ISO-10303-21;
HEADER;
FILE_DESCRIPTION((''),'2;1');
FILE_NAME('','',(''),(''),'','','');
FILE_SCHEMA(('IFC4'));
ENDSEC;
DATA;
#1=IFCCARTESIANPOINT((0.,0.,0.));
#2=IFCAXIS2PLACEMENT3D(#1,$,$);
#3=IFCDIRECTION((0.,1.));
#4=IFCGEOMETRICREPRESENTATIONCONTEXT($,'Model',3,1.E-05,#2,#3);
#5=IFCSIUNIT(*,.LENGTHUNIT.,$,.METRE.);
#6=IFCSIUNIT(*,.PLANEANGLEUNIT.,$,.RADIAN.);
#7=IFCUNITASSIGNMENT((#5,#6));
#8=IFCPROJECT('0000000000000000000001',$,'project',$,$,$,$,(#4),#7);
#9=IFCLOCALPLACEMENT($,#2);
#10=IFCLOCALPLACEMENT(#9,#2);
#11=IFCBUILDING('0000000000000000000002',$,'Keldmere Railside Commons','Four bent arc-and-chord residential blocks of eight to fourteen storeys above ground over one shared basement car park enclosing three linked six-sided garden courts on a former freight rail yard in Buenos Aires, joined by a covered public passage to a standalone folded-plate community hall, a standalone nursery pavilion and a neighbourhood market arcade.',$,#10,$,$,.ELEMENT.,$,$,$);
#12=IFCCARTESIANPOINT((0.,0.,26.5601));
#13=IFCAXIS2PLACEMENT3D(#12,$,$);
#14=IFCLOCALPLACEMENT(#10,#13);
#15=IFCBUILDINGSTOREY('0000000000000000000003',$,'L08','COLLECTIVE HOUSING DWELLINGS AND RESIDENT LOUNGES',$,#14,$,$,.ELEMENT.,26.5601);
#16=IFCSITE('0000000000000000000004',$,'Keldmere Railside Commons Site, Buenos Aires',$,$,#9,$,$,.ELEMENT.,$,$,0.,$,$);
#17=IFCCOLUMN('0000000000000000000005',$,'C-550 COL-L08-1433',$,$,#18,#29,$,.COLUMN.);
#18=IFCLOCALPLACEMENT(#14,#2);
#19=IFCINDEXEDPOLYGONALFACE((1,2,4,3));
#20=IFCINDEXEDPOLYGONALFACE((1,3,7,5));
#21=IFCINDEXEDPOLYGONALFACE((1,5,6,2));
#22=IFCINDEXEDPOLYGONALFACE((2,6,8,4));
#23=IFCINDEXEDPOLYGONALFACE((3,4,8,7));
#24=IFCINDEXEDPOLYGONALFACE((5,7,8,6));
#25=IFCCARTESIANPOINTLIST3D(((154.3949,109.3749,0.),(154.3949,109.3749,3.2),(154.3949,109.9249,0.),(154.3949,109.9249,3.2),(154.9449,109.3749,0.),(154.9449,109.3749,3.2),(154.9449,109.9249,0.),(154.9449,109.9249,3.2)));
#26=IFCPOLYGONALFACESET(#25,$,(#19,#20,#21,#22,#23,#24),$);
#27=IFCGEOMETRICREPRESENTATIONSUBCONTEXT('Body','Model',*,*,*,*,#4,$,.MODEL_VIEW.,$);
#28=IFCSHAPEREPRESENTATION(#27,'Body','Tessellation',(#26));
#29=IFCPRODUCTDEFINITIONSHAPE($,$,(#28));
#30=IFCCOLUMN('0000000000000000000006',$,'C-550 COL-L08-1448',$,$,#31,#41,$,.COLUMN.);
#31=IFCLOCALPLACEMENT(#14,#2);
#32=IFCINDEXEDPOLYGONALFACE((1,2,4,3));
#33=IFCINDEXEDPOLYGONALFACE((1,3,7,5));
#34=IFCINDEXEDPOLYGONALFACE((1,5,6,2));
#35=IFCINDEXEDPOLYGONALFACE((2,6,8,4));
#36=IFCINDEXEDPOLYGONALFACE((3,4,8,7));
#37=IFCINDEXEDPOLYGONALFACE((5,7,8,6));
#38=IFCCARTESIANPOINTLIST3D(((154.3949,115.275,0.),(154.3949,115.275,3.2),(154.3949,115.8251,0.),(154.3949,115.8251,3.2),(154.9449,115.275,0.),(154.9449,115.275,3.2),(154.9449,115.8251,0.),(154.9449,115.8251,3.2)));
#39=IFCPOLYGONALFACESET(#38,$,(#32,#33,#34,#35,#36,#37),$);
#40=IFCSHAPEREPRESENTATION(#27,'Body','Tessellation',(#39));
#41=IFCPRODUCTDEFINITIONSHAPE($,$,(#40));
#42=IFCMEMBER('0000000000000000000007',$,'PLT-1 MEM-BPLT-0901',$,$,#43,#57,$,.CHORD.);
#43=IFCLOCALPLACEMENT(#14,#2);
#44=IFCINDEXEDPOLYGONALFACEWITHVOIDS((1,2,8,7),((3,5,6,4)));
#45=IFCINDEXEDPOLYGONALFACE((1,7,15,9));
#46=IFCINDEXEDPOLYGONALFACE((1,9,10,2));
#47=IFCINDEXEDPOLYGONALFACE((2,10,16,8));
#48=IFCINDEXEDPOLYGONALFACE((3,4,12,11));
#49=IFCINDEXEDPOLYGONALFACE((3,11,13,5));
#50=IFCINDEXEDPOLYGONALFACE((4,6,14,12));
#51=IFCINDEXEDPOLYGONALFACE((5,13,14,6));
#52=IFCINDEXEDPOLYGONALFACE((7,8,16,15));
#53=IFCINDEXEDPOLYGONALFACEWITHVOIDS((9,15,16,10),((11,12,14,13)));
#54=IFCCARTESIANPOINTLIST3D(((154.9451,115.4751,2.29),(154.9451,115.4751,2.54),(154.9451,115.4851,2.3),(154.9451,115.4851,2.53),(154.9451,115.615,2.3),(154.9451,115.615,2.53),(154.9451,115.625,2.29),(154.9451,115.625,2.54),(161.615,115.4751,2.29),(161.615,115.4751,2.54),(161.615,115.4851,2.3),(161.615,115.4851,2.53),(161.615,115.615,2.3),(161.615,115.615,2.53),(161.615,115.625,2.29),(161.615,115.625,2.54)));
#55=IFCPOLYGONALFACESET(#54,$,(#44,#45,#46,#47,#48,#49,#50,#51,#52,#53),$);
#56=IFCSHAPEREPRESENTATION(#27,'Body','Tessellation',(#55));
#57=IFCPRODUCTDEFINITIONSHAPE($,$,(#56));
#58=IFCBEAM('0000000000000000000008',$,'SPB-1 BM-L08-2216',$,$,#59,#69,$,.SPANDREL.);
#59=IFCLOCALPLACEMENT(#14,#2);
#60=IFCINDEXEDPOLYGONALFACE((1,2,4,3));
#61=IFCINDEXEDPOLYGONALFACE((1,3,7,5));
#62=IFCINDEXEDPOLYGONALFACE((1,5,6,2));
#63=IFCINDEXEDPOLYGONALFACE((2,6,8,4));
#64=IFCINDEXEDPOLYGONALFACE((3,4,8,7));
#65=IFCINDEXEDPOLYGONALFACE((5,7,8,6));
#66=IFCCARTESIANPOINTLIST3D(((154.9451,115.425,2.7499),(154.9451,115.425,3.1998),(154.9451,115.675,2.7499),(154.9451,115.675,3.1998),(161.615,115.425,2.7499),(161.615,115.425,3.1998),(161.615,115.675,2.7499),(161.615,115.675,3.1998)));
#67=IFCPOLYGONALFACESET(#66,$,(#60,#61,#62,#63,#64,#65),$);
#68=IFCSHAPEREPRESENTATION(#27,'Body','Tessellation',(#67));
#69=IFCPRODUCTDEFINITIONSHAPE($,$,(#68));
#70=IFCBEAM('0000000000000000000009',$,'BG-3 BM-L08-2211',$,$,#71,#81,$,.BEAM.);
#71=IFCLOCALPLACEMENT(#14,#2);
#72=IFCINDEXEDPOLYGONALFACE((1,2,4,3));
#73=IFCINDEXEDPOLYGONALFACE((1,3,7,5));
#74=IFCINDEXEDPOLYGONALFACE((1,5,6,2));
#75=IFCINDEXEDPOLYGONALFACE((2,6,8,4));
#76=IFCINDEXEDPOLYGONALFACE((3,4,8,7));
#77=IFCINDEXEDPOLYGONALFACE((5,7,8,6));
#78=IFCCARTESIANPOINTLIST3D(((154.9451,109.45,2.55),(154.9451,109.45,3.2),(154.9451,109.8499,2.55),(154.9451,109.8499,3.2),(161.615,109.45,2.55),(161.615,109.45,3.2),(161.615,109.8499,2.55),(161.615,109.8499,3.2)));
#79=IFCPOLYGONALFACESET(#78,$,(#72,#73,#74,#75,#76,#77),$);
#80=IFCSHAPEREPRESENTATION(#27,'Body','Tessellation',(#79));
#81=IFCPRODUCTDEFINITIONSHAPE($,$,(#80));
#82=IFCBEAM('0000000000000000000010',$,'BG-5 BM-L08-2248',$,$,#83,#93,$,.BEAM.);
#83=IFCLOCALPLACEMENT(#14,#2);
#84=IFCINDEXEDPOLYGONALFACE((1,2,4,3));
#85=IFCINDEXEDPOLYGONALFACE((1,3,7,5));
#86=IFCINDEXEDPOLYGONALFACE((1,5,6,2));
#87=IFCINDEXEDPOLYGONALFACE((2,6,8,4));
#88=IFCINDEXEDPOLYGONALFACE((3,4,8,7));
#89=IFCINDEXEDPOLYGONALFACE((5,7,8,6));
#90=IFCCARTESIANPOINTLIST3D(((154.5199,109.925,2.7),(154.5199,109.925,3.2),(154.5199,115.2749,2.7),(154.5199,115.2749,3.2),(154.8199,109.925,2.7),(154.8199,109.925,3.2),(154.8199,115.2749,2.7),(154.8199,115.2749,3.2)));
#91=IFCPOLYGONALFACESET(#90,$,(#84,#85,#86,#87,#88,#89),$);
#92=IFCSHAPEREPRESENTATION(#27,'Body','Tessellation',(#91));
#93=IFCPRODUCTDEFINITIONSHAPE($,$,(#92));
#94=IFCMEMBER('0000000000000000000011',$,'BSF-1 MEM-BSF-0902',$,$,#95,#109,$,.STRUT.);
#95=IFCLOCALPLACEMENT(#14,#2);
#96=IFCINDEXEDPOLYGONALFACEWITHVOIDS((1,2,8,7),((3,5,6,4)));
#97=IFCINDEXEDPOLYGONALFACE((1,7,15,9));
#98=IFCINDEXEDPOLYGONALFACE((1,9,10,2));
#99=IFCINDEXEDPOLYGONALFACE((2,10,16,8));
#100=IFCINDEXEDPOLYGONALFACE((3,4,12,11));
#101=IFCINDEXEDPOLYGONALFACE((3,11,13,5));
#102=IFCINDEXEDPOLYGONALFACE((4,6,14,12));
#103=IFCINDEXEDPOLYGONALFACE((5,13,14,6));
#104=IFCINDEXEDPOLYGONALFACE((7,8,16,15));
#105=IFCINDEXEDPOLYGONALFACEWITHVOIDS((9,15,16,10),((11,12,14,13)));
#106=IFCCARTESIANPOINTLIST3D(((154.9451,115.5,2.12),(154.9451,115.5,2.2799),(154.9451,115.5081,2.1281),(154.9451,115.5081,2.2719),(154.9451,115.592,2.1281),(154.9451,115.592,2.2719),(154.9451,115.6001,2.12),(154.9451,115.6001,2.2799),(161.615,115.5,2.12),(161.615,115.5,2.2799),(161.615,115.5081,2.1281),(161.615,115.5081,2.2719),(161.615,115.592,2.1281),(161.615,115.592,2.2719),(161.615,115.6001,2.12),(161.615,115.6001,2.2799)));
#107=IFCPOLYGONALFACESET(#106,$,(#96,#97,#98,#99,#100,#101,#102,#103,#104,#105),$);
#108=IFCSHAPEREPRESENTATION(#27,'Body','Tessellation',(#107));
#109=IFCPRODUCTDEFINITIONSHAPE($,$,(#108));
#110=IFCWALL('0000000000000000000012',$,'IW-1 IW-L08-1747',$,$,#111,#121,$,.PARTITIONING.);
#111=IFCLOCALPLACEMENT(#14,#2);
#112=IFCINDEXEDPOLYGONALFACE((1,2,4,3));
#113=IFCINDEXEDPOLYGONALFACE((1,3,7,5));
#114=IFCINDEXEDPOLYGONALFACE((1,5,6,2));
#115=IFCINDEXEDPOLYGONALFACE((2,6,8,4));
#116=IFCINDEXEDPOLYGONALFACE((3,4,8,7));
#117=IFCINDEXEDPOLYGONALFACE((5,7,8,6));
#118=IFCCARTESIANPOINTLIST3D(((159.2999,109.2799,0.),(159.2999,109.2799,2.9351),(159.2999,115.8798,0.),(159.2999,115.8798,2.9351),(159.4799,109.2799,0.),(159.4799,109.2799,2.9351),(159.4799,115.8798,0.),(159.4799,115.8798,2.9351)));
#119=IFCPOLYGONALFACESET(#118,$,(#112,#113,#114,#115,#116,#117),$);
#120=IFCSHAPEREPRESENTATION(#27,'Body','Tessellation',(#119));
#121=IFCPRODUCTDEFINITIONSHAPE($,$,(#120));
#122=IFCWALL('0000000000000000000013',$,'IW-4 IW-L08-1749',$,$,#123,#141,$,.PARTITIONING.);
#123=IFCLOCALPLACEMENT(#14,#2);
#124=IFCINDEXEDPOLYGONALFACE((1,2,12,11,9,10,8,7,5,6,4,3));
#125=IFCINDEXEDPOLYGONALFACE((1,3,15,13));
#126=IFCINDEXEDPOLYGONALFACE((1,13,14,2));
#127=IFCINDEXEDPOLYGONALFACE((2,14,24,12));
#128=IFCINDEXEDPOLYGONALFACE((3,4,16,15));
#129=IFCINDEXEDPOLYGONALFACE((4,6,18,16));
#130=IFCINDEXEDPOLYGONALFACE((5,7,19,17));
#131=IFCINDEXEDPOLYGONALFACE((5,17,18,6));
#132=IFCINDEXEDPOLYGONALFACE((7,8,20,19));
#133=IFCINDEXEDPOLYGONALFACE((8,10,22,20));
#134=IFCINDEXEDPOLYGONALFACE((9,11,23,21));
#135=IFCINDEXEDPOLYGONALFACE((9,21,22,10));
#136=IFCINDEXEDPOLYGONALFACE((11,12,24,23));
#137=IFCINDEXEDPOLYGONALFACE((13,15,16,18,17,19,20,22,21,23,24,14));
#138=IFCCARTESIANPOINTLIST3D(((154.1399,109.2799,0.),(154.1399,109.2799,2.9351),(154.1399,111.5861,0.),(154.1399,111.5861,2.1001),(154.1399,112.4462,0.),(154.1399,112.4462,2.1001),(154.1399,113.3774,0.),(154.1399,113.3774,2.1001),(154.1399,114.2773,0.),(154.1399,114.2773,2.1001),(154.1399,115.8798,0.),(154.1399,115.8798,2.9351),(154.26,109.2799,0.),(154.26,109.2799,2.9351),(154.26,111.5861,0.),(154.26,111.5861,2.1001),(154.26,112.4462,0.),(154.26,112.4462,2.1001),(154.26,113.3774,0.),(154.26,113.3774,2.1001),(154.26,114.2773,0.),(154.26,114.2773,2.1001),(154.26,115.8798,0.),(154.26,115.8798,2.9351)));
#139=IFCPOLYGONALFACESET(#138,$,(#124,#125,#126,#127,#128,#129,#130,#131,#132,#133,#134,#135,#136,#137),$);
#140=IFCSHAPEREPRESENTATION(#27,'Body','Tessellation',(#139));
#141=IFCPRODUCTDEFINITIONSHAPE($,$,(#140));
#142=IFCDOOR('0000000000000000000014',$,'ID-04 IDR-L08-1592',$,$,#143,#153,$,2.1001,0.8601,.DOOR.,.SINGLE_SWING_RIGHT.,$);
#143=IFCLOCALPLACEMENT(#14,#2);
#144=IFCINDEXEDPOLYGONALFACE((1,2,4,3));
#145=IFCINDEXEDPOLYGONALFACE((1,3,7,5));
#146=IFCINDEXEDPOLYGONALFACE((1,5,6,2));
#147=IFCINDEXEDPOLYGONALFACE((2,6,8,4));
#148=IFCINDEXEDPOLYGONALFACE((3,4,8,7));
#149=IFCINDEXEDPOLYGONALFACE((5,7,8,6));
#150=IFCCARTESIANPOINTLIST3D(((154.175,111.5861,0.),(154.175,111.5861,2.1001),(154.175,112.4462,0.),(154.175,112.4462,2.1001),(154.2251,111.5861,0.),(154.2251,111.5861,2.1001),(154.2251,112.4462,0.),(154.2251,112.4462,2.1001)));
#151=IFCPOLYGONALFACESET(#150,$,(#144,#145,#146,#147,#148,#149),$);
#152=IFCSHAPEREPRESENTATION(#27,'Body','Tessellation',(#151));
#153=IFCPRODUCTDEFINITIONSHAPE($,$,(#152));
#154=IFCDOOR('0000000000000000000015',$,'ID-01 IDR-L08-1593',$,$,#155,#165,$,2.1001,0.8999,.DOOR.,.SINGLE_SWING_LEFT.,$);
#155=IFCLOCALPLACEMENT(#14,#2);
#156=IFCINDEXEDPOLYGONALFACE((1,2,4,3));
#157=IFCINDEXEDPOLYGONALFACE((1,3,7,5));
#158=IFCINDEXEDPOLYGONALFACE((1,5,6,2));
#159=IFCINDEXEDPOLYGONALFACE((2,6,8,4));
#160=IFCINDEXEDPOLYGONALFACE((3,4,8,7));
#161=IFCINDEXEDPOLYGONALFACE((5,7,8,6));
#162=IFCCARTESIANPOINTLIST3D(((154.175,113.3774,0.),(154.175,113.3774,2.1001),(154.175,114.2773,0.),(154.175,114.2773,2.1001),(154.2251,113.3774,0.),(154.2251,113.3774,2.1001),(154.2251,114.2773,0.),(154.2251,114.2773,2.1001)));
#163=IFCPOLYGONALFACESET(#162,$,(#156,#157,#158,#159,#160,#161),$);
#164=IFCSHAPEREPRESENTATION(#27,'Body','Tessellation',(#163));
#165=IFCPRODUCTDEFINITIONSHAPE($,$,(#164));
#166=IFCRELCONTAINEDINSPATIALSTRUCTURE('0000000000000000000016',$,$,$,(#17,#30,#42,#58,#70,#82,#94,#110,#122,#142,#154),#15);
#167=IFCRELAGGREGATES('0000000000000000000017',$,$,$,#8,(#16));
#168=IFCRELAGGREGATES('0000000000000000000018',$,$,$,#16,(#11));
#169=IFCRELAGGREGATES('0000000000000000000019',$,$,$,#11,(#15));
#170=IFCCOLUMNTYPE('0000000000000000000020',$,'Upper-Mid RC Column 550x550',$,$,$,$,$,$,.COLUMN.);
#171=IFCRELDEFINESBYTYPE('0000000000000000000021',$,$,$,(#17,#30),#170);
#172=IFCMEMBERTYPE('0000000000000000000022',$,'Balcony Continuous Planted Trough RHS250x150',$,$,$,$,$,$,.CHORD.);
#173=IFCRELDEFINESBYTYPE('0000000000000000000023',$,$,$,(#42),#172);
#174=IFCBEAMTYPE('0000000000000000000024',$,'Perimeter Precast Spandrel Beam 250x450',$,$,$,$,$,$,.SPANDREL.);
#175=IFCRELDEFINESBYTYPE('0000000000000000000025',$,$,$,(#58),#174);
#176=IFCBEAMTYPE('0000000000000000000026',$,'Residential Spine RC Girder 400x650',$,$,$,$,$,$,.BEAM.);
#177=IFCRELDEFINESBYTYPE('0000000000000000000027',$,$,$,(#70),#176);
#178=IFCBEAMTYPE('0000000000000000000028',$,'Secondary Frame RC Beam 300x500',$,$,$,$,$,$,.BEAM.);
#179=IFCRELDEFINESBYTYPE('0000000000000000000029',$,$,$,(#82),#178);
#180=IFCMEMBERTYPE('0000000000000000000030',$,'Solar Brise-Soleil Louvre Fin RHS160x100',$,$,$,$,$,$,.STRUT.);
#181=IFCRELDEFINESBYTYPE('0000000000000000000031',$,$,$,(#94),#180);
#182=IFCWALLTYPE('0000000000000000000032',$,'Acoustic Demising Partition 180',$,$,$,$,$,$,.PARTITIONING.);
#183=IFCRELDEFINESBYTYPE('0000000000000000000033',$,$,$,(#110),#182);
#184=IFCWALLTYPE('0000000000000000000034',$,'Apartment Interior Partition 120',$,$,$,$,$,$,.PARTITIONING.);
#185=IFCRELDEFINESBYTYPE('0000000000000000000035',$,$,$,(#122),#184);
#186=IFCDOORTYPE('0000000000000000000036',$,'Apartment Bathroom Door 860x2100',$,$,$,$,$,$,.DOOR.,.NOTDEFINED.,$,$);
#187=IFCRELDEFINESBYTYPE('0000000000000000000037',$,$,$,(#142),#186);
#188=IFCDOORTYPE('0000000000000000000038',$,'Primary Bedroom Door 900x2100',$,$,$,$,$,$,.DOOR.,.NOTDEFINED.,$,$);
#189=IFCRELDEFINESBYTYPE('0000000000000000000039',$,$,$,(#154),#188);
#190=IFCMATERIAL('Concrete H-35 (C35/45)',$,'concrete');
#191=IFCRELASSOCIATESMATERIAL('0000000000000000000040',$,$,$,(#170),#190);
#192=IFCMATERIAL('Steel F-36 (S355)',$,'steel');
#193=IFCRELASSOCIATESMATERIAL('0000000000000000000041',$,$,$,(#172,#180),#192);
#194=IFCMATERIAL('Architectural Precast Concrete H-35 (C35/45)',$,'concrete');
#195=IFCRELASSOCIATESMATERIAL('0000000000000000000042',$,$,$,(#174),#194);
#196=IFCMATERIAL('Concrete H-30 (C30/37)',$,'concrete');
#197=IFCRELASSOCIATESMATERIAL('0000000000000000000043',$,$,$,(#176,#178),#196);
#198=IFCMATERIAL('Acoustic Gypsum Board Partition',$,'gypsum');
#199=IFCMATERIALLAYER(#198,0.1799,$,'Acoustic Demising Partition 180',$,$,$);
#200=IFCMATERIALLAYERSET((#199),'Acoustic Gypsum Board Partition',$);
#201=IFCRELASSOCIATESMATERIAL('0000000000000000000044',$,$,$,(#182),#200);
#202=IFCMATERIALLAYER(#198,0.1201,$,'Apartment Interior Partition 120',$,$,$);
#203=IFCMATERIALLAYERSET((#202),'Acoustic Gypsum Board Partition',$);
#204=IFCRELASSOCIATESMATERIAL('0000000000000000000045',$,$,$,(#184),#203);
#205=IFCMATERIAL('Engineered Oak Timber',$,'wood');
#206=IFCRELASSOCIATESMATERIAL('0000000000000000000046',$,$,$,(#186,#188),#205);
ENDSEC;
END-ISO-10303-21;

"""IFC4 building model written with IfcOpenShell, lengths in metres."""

from ifc_helpers import new_model, si_unit, direction, frame, frame_2d, origin, origin_2d, place, context, subcontext, project, spatial, rectangle, hollow_rectangle, extrude, material, layer, layer_set, material_profile, profile_set, type_object, element, fill, save


model = new_model("IFC4")

# Units and contexts
model_context = context("Model", 3, precision=1e-05, world=origin(), true_north=direction((0.0, 1.0)))
body_context = subcontext(model_context, "Body", "Model", "MODEL_VIEW")
ifc_project = project(units=[si_unit("LENGTHUNIT", "METRE"), si_unit("PLANEANGLEUNIT", "RADIAN")], contexts=[model_context])

# Site, building, storey
site_placement = place(None, origin())
site = spatial("IfcSite", under=ifc_project, at=site_placement, Name="Keldmere Railside Commons Site, Buenos Aires", CompositionType="ELEMENT", RefElevation=0.0)
building_placement = place(site_placement, origin())
building = spatial("IfcBuilding", under=site, at=building_placement, Name="Keldmere Railside Commons", Description="Four bent arc-and-chord residential blocks of eight to fourteen storeys above ground over one shared basement car park enclosing three linked six-sided garden courts on a former freight rail yard in Buenos Aires, joined by a covered public passage to a standalone folded-plate community hall, a standalone nursery pavilion and a neighbourhood market arcade.", CompositionType="ELEMENT")
storey_placement = place(building_placement, frame((0.0, 0.0, 26.5601)))
storey = spatial("IfcBuildingStorey", under=building, at=storey_placement, Name="L08", Description="COLLECTIVE HOUSING DWELLINGS AND RESIDENT LOUNGES", CompositionType="ELEMENT", Elevation=26.5601)

# Columns
ifc_material_1 = material(Name="Concrete H-35 (C35/45)", Category="concrete")
ifc_material_profile_1 = material_profile(ifc_material_1, rectangle(XDim=0.55, YDim=0.55, at=origin_2d()), Name="RC-550x550")
ifc_profile_set_1 = profile_set([ifc_material_profile_1], Name="Concrete H-35 (C35/45)")
column_type = type_object("IfcColumnType", Name="Upper-Mid RC Column 550x550", PredefinedType="COLUMN", material=ifc_profile_set_1)
for number, where, z_axis, x_axis, name in (
    (1, (154.6699, 109.6499, 0.0), (0.0, 0.0, 1.0), (1.0, 0.0, 0.0), "C-550 COL-L08-1433"),
    (2, (154.6699, 115.55, 0.0), (0.0, 0.0, 1.0), (1.0, 0.0, 0.0), "C-550 COL-L08-1448"),
):
    element("IfcColumn", number, at=place(storey_placement, frame(where, z_axis=z_axis, x_axis=x_axis)), inside=storey, type_object=column_type, Name=name, PredefinedType="COLUMN", context=body_context, shape_type="SweptSolid", body=[
        extrude(rectangle(XDim=0.55, YDim=0.55, at=origin_2d()), origin(), (0.0, 0.0, 1.0), 3.2),
    ])

# Member
ifc_material_2 = material(Name="Steel F-36 (S355)", Category="steel")
ifc_material_profile_2 = material_profile(ifc_material_2, hollow_rectangle(XDim=0.1499, YDim=0.25, WallThickness=0.01, at=origin_2d()), Name="RHS-250x150x10")
ifc_profile_set_2 = profile_set([ifc_material_profile_2], Name="Steel F-36 (S355)")
member_type_1 = type_object("IfcMemberType", Name="Balcony Continuous Planted Trough RHS250x150", PredefinedType="CHORD", material=ifc_profile_set_2)
member_1_placement = place(storey_placement, frame((154.9451, 115.55, 2.415), z_axis=(1.0, 0.0, 0.0), x_axis=(0.0, 1.0, 0.0)))
element("IfcMember", 3, at=member_1_placement, inside=storey, type_object=member_type_1, Name="PLT-1 MEM-BPLT-0901", PredefinedType="CHORD", context=body_context, shape_type="SweptSolid", body=[
    extrude(hollow_rectangle(XDim=0.1499, YDim=0.25, WallThickness=0.01, at=origin_2d()), origin(), (0.0, 0.0, 1.0), 6.6699),
])

# Beams
ifc_material_3 = material(Name="Architectural Precast Concrete H-35 (C35/45)", Category="concrete")
ifc_material_profile_3 = material_profile(ifc_material_3, rectangle(XDim=0.25, YDim=0.45, at=origin_2d()), Name="RC-250x450")
ifc_profile_set_3 = profile_set([ifc_material_profile_3], Name="Architectural Precast Concrete H-35 (C35/45)")
beam_type_1 = type_object("IfcBeamType", Name="Perimeter Precast Spandrel Beam 250x450", PredefinedType="SPANDREL", material=ifc_profile_set_3)
beam_1_placement = place(storey_placement, frame((154.9451, 115.55, 2.9749), z_axis=(1.0, 0.0, 0.0), x_axis=(0.0, 1.0, 0.0)))
element("IfcBeam", 4, at=beam_1_placement, inside=storey, type_object=beam_type_1, Name="SPB-1 BM-L08-2216", PredefinedType="SPANDREL", context=body_context, shape_type="SweptSolid", body=[
    extrude(rectangle(XDim=0.25, YDim=0.45, at=origin_2d()), origin(), (0.0, 0.0, 1.0), 6.6699),
])
ifc_material_4 = material(Name="Concrete H-30 (C30/37)", Category="concrete")
ifc_material_profile_4 = material_profile(ifc_material_4, rectangle(XDim=0.3999, YDim=0.6499, at=origin_2d()), Name="RC-400x650")
ifc_profile_set_4 = profile_set([ifc_material_profile_4], Name="Concrete H-30 (C30/37)")
beam_type_2 = type_object("IfcBeamType", Name="Residential Spine RC Girder 400x650", PredefinedType="BEAM", material=ifc_profile_set_4)
beam_2_placement = place(storey_placement, frame((154.9451, 109.6499, 2.875), z_axis=(1.0, 0.0, 0.0), x_axis=(0.0, 1.0, 0.0)))
element("IfcBeam", 5, at=beam_2_placement, inside=storey, type_object=beam_type_2, Name="BG-3 BM-L08-2211", PredefinedType="BEAM", context=body_context, shape_type="SweptSolid", body=[
    extrude(rectangle(XDim=0.3999, YDim=0.6499, at=origin_2d()), origin(), (0.0, 0.0, 1.0), 6.6699),
])
ifc_material_profile_5 = material_profile(ifc_material_4, rectangle(XDim=0.3, YDim=0.5, at=origin_2d()), Name="RC-300x500")
ifc_profile_set_5 = profile_set([ifc_material_profile_5], Name="Concrete H-30 (C30/37)")
beam_type_3 = type_object("IfcBeamType", Name="Secondary Frame RC Beam 300x500", PredefinedType="BEAM", material=ifc_profile_set_5)
beam_3_placement = place(storey_placement, frame((154.6699, 109.925, 2.95), z_axis=(0.0, 1.0, 0.0), x_axis=(-1.0, 0.0, 0.0)))
element("IfcBeam", 6, at=beam_3_placement, inside=storey, type_object=beam_type_3, Name="BG-5 BM-L08-2248", PredefinedType="BEAM", context=body_context, shape_type="SweptSolid", body=[
    extrude(rectangle(XDim=0.3, YDim=0.5, at=origin_2d()), origin(), (0.0, 0.0, 1.0), 5.3499),
])

# Member
ifc_material_profile_6 = material_profile(ifc_material_2, hollow_rectangle(XDim=0.1001, YDim=0.1599, WallThickness=0.0081, at=origin_2d()), Name="RHS-160x100x8")
ifc_profile_set_6 = profile_set([ifc_material_profile_6], Name="Steel F-36 (S355)")
member_type_2 = type_object("IfcMemberType", Name="Solar Brise-Soleil Louvre Fin RHS160x100", PredefinedType="STRUT", material=ifc_profile_set_6)
member_2_placement = place(storey_placement, frame((154.9451, 115.55, 2.2), z_axis=(1.0, 0.0, 0.0), x_axis=(0.0, 1.0, 0.0)))
element("IfcMember", 7, at=member_2_placement, inside=storey, type_object=member_type_2, Name="BSF-1 MEM-BSF-0902", PredefinedType="STRUT", context=body_context, shape_type="SweptSolid", body=[
    extrude(hollow_rectangle(XDim=0.1001, YDim=0.1599, WallThickness=0.0081, at=origin_2d()), origin(), (0.0, 0.0, 1.0), 6.6699),
])

# Wall
ifc_material_5 = material(Name="Acoustic Gypsum Board Partition", Category="gypsum")
ifc_layer_1 = layer(ifc_material_5, 0.1799, Name="Acoustic Demising Partition 180")
ifc_layer_set_1 = layer_set([ifc_layer_1], Name="Acoustic Gypsum Board Partition")
wall_type_1 = type_object("IfcWallType", Name="Acoustic Demising Partition 180", PredefinedType="PARTITIONING", material=ifc_layer_set_1)
wall_1_placement = place(storey_placement, frame((159.3899, 109.28, 0.0), z_axis=(0.0, 0.0, 1.0), x_axis=(0.0, 1.0, 0.0)))
element("IfcWall", 8, at=wall_1_placement, inside=storey, type_object=wall_type_1, Name="IW-1 IW-L08-1747", PredefinedType="PARTITIONING", context=body_context, shape_type="SweptSolid", body=[
    extrude(rectangle(XDim=6.5999, YDim=0.1799, at=frame_2d((3.2998, 0.0))), origin(), (0.0, 0.0, 1.0), 2.9351),
])

# Wall, openings, doors
ifc_layer_2 = layer(ifc_material_5, 0.1201, Name="Apartment Interior Partition 120")
ifc_layer_set_2 = layer_set([ifc_layer_2], Name="Acoustic Gypsum Board Partition")
wall_type_2 = type_object("IfcWallType", Name="Apartment Interior Partition 120", PredefinedType="PARTITIONING", material=ifc_layer_set_2)
wall_2_placement = place(storey_placement, frame((154.2, 109.28, 0.0), z_axis=(0.0, 0.0, 1.0), x_axis=(0.0, 1.0, 0.0)))
wall_2 = element("IfcWall", 9, at=wall_2_placement, inside=storey, type_object=wall_type_2, Name="IW-4 IW-L08-1749", PredefinedType="PARTITIONING", context=body_context, shape_type="SweptSolid", body=[
    extrude(rectangle(XDim=6.5999, YDim=0.1201, at=frame_2d((3.2998, 0.0))), origin(), (0.0, 0.0, 1.0), 2.9351),
])
opening_1_placement = place(wall_2_placement, frame((2.3059, 0.0, 0.0)))
opening_1 = element("IfcOpeningElement", 10, at=opening_1_placement, cuts=wall_2, PredefinedType="OPENING", context=body_context, shape_type="SweptSolid", body=[
    extrude(rectangle(XDim=0.8601, YDim=2.1001, at=frame_2d((0.4302, 1.05))), frame((0.0, 0.0701, 0.0), z_axis=(0.0, -1.0, 0.0), x_axis=(1.0, 0.0, 0.0)), (0.0, 0.0, 1.0), 0.1401),
])
opening_2_placement = place(wall_2_placement, frame((4.0974, 0.0, 0.0)))
opening_2 = element("IfcOpeningElement", 11, at=opening_2_placement, cuts=wall_2, PredefinedType="OPENING", context=body_context, shape_type="SweptSolid", body=[
    extrude(rectangle(XDim=0.8999, YDim=2.1001, at=frame_2d((0.45, 1.05))), frame((0.0, 0.0701, 0.0), z_axis=(0.0, -1.0, 0.0), x_axis=(1.0, 0.0, 0.0)), (0.0, 0.0, 1.0), 0.1401),
])
ifc_material_6 = material(Name="Engineered Oak Timber", Category="wood")
door_type_1 = type_object("IfcDoorType", Name="Apartment Bathroom Door 860x2100", OperationType="NOTDEFINED", PredefinedType="DOOR", material=ifc_material_6)
door_1_placement = place(opening_1_placement, origin())
door_1 = element("IfcDoor", 12, at=door_1_placement, inside=storey, type_object=door_type_1, Name="ID-04 IDR-L08-1592", OperationType="SINGLE_SWING_RIGHT", OverallHeight=2.1001, OverallWidth=0.8601, PredefinedType="DOOR", context=body_context, shape_type="SweptSolid", body=[
    extrude(rectangle(XDim=0.8601, YDim=2.1001, at=frame_2d((0.4302, 1.05))), frame((0.0, 0.0249, 0.0), z_axis=(0.0, -1.0, 0.0), x_axis=(1.0, 0.0, 0.0)), (0.0, 0.0, 1.0), 0.05),
])
fill(opening_1, door_1)
door_type_2 = type_object("IfcDoorType", Name="Primary Bedroom Door 900x2100", OperationType="NOTDEFINED", PredefinedType="DOOR", material=ifc_material_6)
door_2_placement = place(opening_2_placement, origin())
door_2 = element("IfcDoor", 13, at=door_2_placement, inside=storey, type_object=door_type_2, Name="ID-01 IDR-L08-1593", OperationType="SINGLE_SWING_LEFT", OverallHeight=2.1001, OverallWidth=0.8999, PredefinedType="DOOR", context=body_context, shape_type="SweptSolid", body=[
    extrude(rectangle(XDim=0.8999, YDim=2.1001, at=frame_2d((0.45, 1.05))), frame((0.0, 0.0249, 0.0), z_axis=(0.0, -1.0, 0.0), x_axis=(1.0, 0.0, 0.0)), (0.0, 0.0, 1.0), 0.05),
])
fill(opening_2, door_2)

save(model, "model.ifc")
